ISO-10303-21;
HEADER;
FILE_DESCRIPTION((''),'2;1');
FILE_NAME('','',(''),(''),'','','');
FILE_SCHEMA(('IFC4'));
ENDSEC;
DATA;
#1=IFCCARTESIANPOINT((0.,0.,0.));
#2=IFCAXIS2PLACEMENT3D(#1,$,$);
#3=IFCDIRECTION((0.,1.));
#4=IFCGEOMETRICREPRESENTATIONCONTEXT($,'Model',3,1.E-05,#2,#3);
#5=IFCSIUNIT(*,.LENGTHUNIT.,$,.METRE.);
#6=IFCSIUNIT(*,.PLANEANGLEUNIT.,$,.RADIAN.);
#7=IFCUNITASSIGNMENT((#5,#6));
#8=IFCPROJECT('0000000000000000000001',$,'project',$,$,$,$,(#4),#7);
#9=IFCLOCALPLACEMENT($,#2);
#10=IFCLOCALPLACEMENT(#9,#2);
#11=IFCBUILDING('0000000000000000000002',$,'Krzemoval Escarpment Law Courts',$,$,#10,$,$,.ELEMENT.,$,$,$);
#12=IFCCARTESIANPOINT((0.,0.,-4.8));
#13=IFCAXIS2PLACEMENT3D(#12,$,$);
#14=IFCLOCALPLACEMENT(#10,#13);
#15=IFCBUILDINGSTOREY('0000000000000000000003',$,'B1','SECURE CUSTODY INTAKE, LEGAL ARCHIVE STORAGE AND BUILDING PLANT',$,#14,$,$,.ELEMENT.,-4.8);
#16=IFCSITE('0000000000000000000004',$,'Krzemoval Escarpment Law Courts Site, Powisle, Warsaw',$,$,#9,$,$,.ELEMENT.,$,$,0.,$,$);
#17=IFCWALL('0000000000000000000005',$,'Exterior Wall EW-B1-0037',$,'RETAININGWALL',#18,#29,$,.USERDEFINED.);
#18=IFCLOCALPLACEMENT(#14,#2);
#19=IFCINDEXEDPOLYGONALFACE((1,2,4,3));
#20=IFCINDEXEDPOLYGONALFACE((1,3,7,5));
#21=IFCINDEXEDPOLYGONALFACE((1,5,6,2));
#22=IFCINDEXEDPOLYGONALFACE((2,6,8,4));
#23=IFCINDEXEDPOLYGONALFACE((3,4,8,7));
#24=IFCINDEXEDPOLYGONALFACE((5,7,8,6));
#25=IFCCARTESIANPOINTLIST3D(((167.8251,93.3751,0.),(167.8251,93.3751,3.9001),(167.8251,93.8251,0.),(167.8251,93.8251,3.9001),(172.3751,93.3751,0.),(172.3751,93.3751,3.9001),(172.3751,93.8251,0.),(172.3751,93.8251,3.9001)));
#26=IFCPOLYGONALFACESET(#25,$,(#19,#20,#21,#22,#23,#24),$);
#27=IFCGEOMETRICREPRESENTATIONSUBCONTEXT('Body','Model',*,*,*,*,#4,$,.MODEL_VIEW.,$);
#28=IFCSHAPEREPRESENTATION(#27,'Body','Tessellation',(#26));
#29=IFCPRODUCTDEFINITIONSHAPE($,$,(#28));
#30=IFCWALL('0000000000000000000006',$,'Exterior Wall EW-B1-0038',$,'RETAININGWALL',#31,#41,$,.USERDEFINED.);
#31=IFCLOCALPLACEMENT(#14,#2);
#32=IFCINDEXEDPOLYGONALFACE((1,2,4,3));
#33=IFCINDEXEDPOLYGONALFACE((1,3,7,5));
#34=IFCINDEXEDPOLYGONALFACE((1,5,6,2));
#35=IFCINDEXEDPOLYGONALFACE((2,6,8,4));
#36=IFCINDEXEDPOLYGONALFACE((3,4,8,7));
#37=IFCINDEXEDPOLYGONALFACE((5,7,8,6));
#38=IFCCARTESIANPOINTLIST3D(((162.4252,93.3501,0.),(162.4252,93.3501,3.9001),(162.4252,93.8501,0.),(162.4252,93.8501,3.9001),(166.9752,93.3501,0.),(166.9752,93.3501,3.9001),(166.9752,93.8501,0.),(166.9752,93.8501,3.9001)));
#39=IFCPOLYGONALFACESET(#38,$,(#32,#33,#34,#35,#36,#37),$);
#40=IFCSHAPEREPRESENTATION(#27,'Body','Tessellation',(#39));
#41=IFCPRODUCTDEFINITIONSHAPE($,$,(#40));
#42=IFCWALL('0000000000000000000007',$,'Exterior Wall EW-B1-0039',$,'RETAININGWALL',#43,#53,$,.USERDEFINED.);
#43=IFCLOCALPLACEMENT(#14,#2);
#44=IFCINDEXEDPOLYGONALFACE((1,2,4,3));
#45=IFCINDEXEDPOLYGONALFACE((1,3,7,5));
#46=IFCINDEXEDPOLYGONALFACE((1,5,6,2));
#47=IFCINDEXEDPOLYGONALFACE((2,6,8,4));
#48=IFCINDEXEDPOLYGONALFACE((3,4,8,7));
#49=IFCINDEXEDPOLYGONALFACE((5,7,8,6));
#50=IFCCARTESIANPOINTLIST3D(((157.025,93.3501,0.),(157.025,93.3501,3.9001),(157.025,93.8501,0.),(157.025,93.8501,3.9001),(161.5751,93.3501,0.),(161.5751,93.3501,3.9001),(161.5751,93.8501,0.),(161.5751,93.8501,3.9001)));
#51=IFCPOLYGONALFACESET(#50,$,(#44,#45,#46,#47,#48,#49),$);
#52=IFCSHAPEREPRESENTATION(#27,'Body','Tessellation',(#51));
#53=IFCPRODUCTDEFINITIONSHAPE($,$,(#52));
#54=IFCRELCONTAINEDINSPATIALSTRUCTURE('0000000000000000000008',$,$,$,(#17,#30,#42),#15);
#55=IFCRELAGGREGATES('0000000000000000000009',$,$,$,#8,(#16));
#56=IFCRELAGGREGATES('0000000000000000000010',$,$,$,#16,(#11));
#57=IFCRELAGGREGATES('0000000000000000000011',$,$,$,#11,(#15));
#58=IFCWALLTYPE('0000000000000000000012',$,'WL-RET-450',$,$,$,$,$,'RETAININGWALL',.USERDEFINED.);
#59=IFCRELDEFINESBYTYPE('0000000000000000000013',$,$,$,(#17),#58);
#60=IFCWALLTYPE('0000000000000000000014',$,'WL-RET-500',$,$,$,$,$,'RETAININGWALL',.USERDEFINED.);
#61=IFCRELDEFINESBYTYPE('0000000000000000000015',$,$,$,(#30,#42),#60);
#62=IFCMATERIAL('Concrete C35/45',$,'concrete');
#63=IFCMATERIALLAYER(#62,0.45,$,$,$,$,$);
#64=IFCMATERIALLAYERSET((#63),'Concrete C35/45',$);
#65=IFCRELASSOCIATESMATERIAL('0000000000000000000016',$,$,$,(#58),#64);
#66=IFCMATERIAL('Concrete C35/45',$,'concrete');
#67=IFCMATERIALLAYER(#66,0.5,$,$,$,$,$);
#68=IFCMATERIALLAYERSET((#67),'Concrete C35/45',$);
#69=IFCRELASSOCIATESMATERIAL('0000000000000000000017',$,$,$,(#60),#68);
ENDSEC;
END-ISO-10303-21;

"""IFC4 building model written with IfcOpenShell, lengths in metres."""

from ifc_helpers import new_model, si_unit, direction, frame, frame_2d, origin, place, context, subcontext, project, spatial, rectangle, extrude, material, layer, layer_set, type_object, element, save


model = new_model("IFC4")

# Units and contexts
model_context = context("Model", 3, precision=1e-05, world=origin(), true_north=direction((0.0, 1.0)))
body_context = subcontext(model_context, "Body", "Model", "MODEL_VIEW")
ifc_project = project(units=[si_unit("LENGTHUNIT", "METRE"), si_unit("PLANEANGLEUNIT", "RADIAN")], contexts=[model_context])

# Site, building, storey
site_placement = place(None, origin())
site = spatial("IfcSite", under=ifc_project, at=site_placement, Name="Krzemoval Escarpment Law Courts Site, Powisle, Warsaw", CompositionType="ELEMENT", RefElevation=0.0)
building_placement = place(site_placement, origin())
building = spatial("IfcBuilding", under=site, at=building_placement, Name="Krzemoval Escarpment Law Courts", CompositionType="ELEMENT")
storey_placement = place(building_placement, frame((0.0, 0.0, -4.8)))
storey = spatial("IfcBuildingStorey", under=building, at=storey_placement, Name="B1", Description="SECURE CUSTODY INTAKE, LEGAL ARCHIVE STORAGE AND BUILDING PLANT", CompositionType="ELEMENT", Elevation=-4.8)

# Walls
ifc_material_1 = material(Name="Concrete C35/45", Category="concrete")
ifc_layer_1 = layer(ifc_material_1, 0.45)
ifc_layer_set_1 = layer_set([ifc_layer_1], Name="Concrete C35/45")
wall_type_1 = type_object("IfcWallType", Name="WL-RET-450", ElementType="RETAININGWALL", PredefinedType="USERDEFINED", material=ifc_layer_set_1)
wall_placement = place(storey_placement, frame((172.375, 93.6001, 0.0), z_axis=(0.0, 0.0, 1.0), x_axis=(-1.0, 0.0, 0.0)))
element("IfcWall", 1, at=wall_placement, inside=storey, type_object=wall_type_1, Name="Exterior Wall EW-B1-0037", ObjectType="RETAININGWALL", PredefinedType="USERDEFINED", context=body_context, shape_type="SweptSolid", body=[
    extrude(rectangle(XDim=4.55, YDim=0.45, at=frame_2d((2.2749, 0.0))), origin(), (0.0, 0.0, 1.0), 3.9001),
])
ifc_material_2 = material(Name="Concrete C35/45", Category="concrete")
ifc_layer_2 = layer(ifc_material_2, 0.5)
ifc_layer_set_2 = layer_set([ifc_layer_2], Name="Concrete C35/45")
wall_type_2 = type_object("IfcWallType", Name="WL-RET-500", ElementType="RETAININGWALL", PredefinedType="USERDEFINED", material=ifc_layer_set_2)
for number, where, z_axis, x_axis, name in (
    (2, (166.9751, 93.6001, 0.0), (0.0, 0.0, 1.0), (-1.0, 0.0, 0.0), "Exterior Wall EW-B1-0038"),
    (3, (161.575, 93.6001, 0.0), (0.0, 0.0, 1.0), (-1.0, 0.0, 0.0), "Exterior Wall EW-B1-0039"),
):
    element("IfcWall", number, at=place(storey_placement, frame(where, z_axis=z_axis, x_axis=x_axis)), inside=storey, type_object=wall_type_2, Name=name, ObjectType="RETAININGWALL", PredefinedType="USERDEFINED", context=body_context, shape_type="SweptSolid", body=[
        extrude(rectangle(XDim=4.55, YDim=0.5, at=frame_2d((2.2749, 0.0))), origin(), (0.0, 0.0, 1.0), 3.9001),
    ])

save(model, "model.ifc")
